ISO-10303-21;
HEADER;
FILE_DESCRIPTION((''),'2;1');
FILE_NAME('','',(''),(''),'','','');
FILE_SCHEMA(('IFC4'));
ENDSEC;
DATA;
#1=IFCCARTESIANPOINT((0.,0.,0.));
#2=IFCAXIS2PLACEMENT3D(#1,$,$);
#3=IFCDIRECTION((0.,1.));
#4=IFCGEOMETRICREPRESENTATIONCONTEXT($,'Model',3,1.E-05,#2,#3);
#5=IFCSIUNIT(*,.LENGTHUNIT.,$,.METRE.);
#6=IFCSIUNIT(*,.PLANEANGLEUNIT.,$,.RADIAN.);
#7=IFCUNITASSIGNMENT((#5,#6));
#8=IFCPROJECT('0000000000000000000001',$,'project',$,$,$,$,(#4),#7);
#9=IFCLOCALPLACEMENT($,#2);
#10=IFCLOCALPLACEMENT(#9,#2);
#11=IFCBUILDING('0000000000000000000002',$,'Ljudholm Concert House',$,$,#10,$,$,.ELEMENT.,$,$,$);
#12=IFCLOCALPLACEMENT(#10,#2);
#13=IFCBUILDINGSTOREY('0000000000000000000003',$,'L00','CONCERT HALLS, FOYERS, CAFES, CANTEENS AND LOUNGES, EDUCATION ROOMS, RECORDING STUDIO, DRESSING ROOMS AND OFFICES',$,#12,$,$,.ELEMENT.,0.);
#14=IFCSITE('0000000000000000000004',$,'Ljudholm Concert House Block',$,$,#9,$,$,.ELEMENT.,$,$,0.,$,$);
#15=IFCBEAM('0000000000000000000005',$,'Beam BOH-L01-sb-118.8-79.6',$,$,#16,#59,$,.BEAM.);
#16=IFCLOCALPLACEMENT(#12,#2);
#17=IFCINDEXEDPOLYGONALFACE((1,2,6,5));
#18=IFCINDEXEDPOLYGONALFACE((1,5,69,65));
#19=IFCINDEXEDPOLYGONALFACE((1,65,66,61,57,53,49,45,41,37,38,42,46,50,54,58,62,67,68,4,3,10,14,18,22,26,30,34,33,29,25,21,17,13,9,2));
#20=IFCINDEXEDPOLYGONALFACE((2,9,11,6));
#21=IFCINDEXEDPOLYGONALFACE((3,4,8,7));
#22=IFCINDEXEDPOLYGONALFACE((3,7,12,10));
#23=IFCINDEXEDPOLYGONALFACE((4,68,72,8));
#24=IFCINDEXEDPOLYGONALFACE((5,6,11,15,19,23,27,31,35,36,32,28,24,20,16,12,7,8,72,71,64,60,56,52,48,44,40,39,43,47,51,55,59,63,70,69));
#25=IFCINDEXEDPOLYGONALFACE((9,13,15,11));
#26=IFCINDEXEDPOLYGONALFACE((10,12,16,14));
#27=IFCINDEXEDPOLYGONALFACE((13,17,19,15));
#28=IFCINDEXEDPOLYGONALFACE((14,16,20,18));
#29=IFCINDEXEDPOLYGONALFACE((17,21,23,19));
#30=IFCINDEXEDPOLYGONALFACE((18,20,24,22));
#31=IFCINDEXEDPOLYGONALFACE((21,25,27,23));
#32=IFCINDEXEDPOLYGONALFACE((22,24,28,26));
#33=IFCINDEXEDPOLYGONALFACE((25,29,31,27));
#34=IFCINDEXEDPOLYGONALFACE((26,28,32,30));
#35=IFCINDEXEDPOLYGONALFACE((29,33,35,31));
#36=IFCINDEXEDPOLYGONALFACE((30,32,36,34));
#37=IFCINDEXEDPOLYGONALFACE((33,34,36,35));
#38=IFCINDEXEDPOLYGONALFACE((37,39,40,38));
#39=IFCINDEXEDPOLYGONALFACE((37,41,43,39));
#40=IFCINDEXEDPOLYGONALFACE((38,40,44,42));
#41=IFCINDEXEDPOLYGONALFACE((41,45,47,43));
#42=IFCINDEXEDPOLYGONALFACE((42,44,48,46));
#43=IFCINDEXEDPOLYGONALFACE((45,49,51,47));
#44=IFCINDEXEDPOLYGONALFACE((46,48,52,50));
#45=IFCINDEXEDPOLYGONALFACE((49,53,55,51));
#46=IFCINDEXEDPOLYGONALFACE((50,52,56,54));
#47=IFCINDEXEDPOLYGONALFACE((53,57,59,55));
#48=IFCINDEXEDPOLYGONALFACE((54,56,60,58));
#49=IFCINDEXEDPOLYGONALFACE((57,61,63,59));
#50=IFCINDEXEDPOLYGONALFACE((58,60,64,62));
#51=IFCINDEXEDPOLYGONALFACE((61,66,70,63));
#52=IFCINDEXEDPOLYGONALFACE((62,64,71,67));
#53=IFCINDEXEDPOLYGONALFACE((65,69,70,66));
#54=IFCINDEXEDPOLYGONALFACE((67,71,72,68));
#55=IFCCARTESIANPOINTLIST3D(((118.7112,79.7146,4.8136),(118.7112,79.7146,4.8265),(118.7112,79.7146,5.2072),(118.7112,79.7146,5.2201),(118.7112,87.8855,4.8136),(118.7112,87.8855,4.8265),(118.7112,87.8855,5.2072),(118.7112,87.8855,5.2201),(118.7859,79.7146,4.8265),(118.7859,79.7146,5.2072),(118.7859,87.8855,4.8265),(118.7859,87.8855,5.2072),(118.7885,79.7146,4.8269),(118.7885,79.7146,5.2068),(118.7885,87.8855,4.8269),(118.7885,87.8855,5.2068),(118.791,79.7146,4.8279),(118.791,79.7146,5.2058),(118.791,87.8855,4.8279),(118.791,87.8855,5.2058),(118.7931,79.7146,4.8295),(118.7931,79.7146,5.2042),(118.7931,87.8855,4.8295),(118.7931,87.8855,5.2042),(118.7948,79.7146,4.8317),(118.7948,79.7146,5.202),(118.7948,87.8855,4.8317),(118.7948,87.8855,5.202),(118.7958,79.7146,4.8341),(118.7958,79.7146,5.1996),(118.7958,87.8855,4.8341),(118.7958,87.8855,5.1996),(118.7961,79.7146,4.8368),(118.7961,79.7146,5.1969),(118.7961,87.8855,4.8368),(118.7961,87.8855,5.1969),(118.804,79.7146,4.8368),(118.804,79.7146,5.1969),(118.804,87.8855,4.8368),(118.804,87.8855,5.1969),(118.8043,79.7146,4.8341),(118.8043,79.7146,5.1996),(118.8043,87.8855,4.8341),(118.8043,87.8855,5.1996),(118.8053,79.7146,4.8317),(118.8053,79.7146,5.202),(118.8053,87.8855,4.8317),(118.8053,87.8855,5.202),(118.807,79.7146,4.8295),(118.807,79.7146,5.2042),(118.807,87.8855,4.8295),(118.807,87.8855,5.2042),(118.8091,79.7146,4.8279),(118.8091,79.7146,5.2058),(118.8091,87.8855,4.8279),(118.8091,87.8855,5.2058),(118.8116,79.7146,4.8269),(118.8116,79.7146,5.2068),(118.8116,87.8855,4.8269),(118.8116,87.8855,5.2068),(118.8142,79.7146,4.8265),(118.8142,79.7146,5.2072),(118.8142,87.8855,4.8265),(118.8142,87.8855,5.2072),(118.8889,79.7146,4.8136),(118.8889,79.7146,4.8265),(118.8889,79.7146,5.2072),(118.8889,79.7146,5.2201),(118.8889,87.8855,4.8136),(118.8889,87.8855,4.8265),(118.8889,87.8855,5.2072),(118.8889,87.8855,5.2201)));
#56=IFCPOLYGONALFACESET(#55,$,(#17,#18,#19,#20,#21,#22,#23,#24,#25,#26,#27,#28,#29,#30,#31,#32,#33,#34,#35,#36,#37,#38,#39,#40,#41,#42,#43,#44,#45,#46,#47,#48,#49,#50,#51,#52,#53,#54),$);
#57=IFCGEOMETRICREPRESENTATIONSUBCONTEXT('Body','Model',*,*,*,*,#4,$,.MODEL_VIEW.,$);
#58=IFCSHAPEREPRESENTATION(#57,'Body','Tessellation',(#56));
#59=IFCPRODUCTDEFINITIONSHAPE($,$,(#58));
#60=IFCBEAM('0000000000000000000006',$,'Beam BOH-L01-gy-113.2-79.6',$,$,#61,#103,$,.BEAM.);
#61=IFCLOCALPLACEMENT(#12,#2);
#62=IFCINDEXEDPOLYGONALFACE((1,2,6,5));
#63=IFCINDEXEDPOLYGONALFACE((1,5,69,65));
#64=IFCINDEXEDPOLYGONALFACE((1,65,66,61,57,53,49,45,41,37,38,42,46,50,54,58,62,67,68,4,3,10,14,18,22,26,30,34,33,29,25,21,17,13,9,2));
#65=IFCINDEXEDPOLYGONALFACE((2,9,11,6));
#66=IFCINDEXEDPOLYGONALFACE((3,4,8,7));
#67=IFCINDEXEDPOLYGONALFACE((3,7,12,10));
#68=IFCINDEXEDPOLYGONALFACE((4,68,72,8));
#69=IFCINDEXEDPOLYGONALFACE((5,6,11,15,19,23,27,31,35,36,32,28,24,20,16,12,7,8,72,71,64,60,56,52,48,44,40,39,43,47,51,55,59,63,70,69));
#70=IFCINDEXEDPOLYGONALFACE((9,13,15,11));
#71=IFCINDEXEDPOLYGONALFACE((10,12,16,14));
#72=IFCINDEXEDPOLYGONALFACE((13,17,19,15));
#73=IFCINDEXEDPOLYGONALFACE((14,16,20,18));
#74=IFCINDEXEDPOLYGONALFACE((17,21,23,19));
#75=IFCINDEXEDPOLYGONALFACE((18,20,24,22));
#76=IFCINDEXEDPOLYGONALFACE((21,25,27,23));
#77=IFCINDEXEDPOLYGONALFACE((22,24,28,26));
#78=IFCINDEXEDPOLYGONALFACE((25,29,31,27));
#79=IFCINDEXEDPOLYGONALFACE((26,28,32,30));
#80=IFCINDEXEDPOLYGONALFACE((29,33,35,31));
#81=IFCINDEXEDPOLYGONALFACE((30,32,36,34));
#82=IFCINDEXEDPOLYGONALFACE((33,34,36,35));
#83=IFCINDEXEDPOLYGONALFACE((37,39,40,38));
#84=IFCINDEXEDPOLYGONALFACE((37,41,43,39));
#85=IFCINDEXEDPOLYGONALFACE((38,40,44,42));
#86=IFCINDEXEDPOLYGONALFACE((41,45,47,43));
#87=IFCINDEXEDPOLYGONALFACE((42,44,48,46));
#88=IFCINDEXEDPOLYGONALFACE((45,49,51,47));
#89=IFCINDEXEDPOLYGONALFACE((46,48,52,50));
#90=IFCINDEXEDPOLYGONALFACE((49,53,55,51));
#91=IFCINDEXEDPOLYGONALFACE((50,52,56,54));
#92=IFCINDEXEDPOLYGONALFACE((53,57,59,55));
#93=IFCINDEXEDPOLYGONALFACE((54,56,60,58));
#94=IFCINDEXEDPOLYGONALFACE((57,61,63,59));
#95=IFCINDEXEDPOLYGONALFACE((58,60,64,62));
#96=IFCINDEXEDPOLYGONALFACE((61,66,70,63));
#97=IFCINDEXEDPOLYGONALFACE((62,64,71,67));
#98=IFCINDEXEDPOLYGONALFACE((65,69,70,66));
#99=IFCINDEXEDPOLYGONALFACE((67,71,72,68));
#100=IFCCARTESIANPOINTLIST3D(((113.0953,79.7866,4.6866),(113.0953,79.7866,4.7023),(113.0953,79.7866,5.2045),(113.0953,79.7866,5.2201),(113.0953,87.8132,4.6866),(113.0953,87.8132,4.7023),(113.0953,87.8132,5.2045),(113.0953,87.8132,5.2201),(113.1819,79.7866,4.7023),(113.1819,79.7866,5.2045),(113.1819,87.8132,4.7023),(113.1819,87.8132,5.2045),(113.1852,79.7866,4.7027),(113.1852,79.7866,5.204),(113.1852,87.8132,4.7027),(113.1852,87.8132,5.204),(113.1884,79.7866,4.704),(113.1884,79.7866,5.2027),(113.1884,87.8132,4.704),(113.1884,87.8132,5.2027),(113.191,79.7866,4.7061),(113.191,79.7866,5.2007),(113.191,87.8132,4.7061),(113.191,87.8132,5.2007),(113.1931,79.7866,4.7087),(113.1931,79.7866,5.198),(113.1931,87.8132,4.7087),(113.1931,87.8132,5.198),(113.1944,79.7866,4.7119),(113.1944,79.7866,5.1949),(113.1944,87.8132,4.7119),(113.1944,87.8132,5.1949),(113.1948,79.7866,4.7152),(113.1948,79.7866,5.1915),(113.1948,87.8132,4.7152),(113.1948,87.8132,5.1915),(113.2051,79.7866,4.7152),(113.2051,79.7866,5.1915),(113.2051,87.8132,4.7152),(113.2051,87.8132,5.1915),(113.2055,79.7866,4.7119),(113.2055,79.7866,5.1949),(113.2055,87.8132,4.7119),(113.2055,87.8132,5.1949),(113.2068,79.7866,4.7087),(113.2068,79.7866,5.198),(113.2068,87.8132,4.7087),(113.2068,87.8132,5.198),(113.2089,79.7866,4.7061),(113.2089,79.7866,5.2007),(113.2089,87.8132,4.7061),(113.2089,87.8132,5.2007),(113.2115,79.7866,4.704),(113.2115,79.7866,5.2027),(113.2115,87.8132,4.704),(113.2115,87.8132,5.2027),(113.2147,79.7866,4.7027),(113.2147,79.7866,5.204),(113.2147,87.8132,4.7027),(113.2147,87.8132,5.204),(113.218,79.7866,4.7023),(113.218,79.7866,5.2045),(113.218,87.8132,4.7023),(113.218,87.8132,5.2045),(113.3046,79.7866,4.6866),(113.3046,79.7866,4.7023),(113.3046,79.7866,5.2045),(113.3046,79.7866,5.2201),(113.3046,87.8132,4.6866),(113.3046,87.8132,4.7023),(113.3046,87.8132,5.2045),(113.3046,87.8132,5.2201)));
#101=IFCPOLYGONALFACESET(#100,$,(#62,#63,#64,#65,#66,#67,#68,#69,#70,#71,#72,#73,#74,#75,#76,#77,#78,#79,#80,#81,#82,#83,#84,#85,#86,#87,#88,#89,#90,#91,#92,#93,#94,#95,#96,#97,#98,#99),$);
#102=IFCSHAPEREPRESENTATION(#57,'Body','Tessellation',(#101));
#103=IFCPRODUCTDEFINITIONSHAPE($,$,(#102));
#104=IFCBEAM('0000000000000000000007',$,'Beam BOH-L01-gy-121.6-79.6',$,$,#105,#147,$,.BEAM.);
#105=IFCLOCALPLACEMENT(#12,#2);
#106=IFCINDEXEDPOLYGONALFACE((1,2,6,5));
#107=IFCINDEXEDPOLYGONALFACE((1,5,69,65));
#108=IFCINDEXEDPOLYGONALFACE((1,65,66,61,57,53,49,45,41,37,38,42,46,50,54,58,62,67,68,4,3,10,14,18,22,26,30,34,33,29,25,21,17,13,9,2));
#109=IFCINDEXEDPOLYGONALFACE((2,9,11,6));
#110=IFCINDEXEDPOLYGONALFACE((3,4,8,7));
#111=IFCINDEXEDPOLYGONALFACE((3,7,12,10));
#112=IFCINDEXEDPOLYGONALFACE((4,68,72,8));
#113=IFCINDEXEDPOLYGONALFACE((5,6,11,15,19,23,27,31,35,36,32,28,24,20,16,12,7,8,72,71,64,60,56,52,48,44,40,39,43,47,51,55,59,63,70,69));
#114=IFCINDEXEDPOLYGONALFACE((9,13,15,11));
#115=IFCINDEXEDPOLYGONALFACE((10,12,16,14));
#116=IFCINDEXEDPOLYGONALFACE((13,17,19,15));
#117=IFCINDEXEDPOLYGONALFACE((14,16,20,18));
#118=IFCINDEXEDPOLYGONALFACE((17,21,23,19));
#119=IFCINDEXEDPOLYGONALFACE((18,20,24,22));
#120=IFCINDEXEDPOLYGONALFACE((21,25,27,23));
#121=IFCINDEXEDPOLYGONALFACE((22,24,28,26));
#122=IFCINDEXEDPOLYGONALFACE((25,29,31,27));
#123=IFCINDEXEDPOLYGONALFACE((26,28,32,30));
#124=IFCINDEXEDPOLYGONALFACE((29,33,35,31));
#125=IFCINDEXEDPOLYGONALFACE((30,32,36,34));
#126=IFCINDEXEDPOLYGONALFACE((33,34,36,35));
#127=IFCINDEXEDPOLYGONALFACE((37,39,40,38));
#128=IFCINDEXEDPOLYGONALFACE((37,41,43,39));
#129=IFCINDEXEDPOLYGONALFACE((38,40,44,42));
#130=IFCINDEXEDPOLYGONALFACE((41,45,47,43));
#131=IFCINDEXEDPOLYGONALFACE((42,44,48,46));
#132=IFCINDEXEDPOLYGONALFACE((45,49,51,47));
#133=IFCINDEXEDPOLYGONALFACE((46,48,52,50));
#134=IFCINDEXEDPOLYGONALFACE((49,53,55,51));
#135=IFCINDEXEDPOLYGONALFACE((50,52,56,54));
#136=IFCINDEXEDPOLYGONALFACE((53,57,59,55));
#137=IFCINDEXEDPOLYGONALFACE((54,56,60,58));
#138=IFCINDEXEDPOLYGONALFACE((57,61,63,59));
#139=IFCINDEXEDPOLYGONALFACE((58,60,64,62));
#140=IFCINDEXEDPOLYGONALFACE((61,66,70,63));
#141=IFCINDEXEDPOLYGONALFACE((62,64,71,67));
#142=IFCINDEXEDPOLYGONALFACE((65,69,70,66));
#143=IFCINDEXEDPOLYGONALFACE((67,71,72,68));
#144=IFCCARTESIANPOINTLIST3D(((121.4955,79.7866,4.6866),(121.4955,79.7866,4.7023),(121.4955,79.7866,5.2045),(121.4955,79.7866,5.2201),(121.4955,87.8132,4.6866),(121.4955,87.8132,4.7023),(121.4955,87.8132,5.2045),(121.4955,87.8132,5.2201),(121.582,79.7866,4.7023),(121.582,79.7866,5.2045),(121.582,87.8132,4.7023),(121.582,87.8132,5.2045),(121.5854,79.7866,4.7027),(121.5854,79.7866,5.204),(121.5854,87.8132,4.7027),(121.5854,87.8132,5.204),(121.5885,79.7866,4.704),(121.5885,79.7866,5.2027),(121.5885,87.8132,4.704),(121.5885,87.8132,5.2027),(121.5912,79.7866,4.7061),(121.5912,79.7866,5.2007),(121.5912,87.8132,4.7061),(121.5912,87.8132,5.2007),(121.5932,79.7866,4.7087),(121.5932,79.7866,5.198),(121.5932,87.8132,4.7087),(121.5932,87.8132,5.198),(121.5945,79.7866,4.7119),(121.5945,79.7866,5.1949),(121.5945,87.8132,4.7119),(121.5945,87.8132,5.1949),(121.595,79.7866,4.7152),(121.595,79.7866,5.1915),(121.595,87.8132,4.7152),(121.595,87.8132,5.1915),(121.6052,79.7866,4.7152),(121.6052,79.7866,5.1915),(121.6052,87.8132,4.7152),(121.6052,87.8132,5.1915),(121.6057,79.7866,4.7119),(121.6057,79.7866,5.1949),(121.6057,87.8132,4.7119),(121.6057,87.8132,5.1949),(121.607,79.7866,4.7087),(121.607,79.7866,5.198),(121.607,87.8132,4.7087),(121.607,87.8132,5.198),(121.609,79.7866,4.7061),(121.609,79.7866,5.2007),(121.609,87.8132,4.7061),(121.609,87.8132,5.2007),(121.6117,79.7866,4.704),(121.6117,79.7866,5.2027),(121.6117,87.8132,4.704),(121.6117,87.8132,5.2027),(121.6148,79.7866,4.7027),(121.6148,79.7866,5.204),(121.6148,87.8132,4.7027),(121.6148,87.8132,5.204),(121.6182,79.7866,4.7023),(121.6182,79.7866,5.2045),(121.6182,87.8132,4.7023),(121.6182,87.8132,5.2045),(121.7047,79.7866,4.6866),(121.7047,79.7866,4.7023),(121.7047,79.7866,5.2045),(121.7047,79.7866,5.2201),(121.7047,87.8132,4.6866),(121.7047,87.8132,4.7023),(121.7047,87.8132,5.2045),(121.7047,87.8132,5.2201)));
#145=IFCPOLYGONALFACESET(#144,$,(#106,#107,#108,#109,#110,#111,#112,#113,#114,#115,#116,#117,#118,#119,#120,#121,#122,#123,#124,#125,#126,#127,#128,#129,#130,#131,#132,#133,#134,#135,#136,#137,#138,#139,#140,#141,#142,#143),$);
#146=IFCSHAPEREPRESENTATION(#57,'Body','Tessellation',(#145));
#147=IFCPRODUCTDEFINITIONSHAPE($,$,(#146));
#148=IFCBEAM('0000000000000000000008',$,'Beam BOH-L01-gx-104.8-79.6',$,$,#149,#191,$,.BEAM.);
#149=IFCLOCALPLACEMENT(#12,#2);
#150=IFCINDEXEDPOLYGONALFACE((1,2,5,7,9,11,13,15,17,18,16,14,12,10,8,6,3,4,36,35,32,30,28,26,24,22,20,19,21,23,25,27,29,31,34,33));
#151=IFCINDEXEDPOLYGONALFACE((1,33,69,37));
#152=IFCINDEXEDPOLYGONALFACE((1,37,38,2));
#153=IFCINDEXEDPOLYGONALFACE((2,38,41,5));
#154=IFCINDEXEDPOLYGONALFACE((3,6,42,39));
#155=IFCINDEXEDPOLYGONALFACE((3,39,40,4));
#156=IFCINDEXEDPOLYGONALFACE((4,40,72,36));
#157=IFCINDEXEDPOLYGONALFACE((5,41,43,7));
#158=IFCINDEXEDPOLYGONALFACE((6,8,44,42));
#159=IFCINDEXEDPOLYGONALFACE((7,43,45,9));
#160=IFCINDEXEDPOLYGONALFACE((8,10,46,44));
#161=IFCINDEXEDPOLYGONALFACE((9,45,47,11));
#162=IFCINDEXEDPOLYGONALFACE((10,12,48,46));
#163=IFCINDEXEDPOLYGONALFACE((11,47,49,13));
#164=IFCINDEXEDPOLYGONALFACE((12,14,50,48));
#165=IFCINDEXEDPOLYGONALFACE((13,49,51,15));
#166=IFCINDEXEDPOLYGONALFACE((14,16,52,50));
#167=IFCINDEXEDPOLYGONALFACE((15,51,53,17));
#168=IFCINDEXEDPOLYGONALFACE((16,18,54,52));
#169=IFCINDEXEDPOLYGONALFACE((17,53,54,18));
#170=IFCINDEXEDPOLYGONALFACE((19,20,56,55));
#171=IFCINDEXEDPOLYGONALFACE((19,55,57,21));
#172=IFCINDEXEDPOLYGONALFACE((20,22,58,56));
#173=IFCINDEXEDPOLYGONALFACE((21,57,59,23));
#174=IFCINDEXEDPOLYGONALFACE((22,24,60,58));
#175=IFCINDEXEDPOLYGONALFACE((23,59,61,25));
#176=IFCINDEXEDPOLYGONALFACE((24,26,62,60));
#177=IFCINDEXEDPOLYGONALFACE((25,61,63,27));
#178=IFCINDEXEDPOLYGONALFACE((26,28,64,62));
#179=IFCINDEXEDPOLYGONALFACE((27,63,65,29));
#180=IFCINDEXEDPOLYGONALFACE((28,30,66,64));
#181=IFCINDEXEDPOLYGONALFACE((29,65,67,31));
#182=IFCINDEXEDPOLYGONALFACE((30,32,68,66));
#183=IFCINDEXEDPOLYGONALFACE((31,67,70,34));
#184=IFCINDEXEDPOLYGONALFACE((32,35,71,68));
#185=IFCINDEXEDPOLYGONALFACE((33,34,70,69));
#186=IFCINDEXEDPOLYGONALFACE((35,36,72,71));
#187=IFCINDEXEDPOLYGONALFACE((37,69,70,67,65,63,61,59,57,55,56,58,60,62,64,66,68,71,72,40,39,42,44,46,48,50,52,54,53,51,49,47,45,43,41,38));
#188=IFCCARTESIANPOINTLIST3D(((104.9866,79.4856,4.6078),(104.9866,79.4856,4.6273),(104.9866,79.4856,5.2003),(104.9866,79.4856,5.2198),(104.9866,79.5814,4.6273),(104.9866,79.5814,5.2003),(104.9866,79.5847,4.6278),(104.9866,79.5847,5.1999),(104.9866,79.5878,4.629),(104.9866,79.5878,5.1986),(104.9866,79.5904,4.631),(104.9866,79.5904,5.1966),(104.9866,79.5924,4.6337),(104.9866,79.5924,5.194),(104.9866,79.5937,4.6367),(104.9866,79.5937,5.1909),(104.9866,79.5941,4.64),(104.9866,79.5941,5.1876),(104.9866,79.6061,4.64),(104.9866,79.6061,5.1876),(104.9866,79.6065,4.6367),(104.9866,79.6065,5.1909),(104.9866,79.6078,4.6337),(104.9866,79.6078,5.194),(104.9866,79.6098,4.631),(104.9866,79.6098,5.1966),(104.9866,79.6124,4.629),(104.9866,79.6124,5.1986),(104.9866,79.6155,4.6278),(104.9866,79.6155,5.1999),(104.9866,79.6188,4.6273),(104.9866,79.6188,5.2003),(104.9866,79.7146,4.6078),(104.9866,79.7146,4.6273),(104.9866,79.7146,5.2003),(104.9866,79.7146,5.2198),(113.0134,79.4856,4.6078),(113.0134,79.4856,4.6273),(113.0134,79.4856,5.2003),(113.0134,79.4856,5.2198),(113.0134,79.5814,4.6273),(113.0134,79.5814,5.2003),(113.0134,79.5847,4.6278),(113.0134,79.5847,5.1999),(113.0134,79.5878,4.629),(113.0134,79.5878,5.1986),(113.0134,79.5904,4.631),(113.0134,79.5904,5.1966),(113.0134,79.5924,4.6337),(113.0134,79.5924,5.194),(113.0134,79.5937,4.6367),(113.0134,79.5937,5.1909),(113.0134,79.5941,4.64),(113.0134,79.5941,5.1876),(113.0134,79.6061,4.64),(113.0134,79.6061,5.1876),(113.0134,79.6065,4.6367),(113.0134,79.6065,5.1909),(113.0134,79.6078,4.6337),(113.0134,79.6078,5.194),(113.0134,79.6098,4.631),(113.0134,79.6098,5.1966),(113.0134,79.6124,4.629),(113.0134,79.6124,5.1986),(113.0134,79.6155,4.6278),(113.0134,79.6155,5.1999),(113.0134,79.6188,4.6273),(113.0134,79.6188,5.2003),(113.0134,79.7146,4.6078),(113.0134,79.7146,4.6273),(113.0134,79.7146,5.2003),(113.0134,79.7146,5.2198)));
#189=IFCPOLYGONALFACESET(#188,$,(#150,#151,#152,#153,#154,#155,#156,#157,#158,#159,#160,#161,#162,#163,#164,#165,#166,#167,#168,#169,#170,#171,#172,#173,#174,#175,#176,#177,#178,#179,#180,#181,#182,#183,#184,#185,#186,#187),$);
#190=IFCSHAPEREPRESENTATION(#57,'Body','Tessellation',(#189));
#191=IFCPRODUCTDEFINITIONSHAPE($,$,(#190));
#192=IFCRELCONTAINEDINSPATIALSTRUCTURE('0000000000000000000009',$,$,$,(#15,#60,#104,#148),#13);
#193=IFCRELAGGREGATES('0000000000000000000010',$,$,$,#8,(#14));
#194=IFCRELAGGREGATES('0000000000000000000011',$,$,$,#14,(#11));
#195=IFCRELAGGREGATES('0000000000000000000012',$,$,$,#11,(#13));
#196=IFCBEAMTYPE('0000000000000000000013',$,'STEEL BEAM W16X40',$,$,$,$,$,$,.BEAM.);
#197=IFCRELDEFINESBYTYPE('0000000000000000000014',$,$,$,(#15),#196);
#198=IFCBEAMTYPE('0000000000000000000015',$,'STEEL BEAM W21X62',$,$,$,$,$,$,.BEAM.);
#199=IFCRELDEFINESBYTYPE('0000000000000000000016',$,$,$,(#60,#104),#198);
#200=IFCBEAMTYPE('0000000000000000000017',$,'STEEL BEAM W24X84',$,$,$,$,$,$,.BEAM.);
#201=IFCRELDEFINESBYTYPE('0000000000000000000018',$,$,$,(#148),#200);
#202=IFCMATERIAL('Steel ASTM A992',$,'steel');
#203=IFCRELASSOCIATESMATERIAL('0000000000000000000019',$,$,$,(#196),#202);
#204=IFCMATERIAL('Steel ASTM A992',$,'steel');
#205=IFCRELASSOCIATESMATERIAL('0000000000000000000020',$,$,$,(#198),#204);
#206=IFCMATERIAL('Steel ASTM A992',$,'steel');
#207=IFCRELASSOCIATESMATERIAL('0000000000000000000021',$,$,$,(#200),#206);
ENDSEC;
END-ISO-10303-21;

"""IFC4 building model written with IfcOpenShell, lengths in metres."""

from ifc_helpers import new_model, si_unit, direction, frame, origin, origin_2d, place, context, subcontext, project, spatial, i_section, extrude, material, material_profile, profile_set, type_object, element, save


model = new_model("IFC4")

# Units and contexts
model_context = context("Model", 3, precision=1e-05, world=origin(), true_north=direction((0.0, 1.0)))
body_context = subcontext(model_context, "Body", "Model", "MODEL_VIEW")
ifc_project = project(units=[si_unit("LENGTHUNIT", "METRE"), si_unit("PLANEANGLEUNIT", "RADIAN")], contexts=[model_context])

# Site, building, storey
site_placement = place(None, origin())
site = spatial("IfcSite", under=ifc_project, at=site_placement, Name="Ljudholm Concert House Block", CompositionType="ELEMENT", RefElevation=0.0)
building_placement = place(site_placement, origin())
building = spatial("IfcBuilding", under=site, at=building_placement, Name="Ljudholm Concert House", CompositionType="ELEMENT")
storey_placement = place(building_placement, origin())
storey = spatial("IfcBuildingStorey", under=building, at=storey_placement, Name="L00", Description="CONCERT HALLS, FOYERS, CAFES, CANTEENS AND LOUNGES, EDUCATION ROOMS, RECORDING STUDIO, DRESSING ROOMS AND OFFICES", CompositionType="ELEMENT", Elevation=0.0)

# Beams
ifc_material_1 = material(Name="Steel ASTM A992", Category="steel")
ifc_material_profile_1 = material_profile(ifc_material_1, i_section(OverallWidth=0.1777, OverallDepth=0.4065, WebThickness=0.0078, FlangeThickness=0.0129, FilletRadius=0.0103, at=origin_2d()), Name="W16X40")
ifc_profile_set_1 = profile_set([ifc_material_profile_1], Name="Steel ASTM A992")
beam_type_1 = type_object("IfcBeamType", Name="STEEL BEAM W16X40", PredefinedType="BEAM", material=ifc_profile_set_1)
for number, where, z_axis, x_axis, name in (
    (1, (118.8, 79.7146, 5.0168), (0.0, 1.0, 0.0), (-1.0, 0.0, 0.0), "Beam BOH-L01-sb-118.8-79.6"),
):
    element("IfcBeam", number, at=place(storey_placement, frame(where, z_axis=z_axis, x_axis=x_axis)), inside=storey, type_object=beam_type_1, Name=name, PredefinedType="BEAM", context=body_context, shape_type="SweptSolid", body=[
        extrude(i_section(OverallWidth=0.1777, OverallDepth=0.4065, WebThickness=0.0078, FlangeThickness=0.0129, FilletRadius=0.0103, at=origin_2d()), origin(), (0.0, 0.0, 1.0), 8.1709),
    ])
ifc_material_2 = material(Name="Steel ASTM A992", Category="steel")
ifc_material_profile_2 = material_profile(ifc_material_2, i_section(OverallWidth=0.2092, OverallDepth=0.5334, WebThickness=0.0103, FlangeThickness=0.0156, FilletRadius=0.0129, at=origin_2d()), Name="W21X62")
ifc_profile_set_2 = profile_set([ifc_material_profile_2], Name="Steel ASTM A992")
beam_type_2 = type_object("IfcBeamType", Name="STEEL BEAM W21X62", PredefinedType="BEAM", material=ifc_profile_set_2)
for number, where, z_axis, x_axis, name in (
    (2, (113.2, 79.7866, 4.9534), (0.0, 1.0, 0.0), (-1.0, 0.0, 0.0), "Beam BOH-L01-gy-113.2-79.6"),
    (3, (121.6001, 79.7866, 4.9534), (0.0, 1.0, 0.0), (-1.0, 0.0, 0.0), "Beam BOH-L01-gy-121.6-79.6"),
):
    element("IfcBeam", number, at=place(storey_placement, frame(where, z_axis=z_axis, x_axis=x_axis)), inside=storey, type_object=beam_type_2, Name=name, PredefinedType="BEAM", context=body_context, shape_type="SweptSolid", body=[
        extrude(i_section(OverallWidth=0.2092, OverallDepth=0.5334, WebThickness=0.0103, FlangeThickness=0.0156, FilletRadius=0.0129, at=origin_2d()), origin(), (0.0, 0.0, 1.0), 8.0266),
    ])
ifc_material_3 = material(Name="Steel ASTM A992", Category="steel")
ifc_material_profile_3 = material_profile(ifc_material_3, i_section(OverallWidth=0.229, OverallDepth=0.6121, WebThickness=0.012, FlangeThickness=0.0195, FilletRadius=0.0127, at=origin_2d()), Name="W24X84")
ifc_profile_set_3 = profile_set([ifc_material_profile_3], Name="Steel ASTM A992")
beam_type_3 = type_object("IfcBeamType", Name="STEEL BEAM W24X84", PredefinedType="BEAM", material=ifc_profile_set_3)
beam_1_placement = place(storey_placement, frame((104.9866, 79.6001, 4.9138), z_axis=(1.0, 0.0, 0.0), x_axis=(0.0, 1.0, 0.0)))
element("IfcBeam", 4, at=beam_1_placement, inside=storey, type_object=beam_type_3, Name="Beam BOH-L01-gx-104.8-79.6", PredefinedType="BEAM", context=body_context, shape_type="SweptSolid", body=[
    extrude(i_section(OverallWidth=0.229, OverallDepth=0.6121, WebThickness=0.012, FlangeThickness=0.0195, FilletRadius=0.0127, at=origin_2d()), origin(), (0.0, 0.0, 1.0), 8.0269),
])

save(model, "model.ifc")
